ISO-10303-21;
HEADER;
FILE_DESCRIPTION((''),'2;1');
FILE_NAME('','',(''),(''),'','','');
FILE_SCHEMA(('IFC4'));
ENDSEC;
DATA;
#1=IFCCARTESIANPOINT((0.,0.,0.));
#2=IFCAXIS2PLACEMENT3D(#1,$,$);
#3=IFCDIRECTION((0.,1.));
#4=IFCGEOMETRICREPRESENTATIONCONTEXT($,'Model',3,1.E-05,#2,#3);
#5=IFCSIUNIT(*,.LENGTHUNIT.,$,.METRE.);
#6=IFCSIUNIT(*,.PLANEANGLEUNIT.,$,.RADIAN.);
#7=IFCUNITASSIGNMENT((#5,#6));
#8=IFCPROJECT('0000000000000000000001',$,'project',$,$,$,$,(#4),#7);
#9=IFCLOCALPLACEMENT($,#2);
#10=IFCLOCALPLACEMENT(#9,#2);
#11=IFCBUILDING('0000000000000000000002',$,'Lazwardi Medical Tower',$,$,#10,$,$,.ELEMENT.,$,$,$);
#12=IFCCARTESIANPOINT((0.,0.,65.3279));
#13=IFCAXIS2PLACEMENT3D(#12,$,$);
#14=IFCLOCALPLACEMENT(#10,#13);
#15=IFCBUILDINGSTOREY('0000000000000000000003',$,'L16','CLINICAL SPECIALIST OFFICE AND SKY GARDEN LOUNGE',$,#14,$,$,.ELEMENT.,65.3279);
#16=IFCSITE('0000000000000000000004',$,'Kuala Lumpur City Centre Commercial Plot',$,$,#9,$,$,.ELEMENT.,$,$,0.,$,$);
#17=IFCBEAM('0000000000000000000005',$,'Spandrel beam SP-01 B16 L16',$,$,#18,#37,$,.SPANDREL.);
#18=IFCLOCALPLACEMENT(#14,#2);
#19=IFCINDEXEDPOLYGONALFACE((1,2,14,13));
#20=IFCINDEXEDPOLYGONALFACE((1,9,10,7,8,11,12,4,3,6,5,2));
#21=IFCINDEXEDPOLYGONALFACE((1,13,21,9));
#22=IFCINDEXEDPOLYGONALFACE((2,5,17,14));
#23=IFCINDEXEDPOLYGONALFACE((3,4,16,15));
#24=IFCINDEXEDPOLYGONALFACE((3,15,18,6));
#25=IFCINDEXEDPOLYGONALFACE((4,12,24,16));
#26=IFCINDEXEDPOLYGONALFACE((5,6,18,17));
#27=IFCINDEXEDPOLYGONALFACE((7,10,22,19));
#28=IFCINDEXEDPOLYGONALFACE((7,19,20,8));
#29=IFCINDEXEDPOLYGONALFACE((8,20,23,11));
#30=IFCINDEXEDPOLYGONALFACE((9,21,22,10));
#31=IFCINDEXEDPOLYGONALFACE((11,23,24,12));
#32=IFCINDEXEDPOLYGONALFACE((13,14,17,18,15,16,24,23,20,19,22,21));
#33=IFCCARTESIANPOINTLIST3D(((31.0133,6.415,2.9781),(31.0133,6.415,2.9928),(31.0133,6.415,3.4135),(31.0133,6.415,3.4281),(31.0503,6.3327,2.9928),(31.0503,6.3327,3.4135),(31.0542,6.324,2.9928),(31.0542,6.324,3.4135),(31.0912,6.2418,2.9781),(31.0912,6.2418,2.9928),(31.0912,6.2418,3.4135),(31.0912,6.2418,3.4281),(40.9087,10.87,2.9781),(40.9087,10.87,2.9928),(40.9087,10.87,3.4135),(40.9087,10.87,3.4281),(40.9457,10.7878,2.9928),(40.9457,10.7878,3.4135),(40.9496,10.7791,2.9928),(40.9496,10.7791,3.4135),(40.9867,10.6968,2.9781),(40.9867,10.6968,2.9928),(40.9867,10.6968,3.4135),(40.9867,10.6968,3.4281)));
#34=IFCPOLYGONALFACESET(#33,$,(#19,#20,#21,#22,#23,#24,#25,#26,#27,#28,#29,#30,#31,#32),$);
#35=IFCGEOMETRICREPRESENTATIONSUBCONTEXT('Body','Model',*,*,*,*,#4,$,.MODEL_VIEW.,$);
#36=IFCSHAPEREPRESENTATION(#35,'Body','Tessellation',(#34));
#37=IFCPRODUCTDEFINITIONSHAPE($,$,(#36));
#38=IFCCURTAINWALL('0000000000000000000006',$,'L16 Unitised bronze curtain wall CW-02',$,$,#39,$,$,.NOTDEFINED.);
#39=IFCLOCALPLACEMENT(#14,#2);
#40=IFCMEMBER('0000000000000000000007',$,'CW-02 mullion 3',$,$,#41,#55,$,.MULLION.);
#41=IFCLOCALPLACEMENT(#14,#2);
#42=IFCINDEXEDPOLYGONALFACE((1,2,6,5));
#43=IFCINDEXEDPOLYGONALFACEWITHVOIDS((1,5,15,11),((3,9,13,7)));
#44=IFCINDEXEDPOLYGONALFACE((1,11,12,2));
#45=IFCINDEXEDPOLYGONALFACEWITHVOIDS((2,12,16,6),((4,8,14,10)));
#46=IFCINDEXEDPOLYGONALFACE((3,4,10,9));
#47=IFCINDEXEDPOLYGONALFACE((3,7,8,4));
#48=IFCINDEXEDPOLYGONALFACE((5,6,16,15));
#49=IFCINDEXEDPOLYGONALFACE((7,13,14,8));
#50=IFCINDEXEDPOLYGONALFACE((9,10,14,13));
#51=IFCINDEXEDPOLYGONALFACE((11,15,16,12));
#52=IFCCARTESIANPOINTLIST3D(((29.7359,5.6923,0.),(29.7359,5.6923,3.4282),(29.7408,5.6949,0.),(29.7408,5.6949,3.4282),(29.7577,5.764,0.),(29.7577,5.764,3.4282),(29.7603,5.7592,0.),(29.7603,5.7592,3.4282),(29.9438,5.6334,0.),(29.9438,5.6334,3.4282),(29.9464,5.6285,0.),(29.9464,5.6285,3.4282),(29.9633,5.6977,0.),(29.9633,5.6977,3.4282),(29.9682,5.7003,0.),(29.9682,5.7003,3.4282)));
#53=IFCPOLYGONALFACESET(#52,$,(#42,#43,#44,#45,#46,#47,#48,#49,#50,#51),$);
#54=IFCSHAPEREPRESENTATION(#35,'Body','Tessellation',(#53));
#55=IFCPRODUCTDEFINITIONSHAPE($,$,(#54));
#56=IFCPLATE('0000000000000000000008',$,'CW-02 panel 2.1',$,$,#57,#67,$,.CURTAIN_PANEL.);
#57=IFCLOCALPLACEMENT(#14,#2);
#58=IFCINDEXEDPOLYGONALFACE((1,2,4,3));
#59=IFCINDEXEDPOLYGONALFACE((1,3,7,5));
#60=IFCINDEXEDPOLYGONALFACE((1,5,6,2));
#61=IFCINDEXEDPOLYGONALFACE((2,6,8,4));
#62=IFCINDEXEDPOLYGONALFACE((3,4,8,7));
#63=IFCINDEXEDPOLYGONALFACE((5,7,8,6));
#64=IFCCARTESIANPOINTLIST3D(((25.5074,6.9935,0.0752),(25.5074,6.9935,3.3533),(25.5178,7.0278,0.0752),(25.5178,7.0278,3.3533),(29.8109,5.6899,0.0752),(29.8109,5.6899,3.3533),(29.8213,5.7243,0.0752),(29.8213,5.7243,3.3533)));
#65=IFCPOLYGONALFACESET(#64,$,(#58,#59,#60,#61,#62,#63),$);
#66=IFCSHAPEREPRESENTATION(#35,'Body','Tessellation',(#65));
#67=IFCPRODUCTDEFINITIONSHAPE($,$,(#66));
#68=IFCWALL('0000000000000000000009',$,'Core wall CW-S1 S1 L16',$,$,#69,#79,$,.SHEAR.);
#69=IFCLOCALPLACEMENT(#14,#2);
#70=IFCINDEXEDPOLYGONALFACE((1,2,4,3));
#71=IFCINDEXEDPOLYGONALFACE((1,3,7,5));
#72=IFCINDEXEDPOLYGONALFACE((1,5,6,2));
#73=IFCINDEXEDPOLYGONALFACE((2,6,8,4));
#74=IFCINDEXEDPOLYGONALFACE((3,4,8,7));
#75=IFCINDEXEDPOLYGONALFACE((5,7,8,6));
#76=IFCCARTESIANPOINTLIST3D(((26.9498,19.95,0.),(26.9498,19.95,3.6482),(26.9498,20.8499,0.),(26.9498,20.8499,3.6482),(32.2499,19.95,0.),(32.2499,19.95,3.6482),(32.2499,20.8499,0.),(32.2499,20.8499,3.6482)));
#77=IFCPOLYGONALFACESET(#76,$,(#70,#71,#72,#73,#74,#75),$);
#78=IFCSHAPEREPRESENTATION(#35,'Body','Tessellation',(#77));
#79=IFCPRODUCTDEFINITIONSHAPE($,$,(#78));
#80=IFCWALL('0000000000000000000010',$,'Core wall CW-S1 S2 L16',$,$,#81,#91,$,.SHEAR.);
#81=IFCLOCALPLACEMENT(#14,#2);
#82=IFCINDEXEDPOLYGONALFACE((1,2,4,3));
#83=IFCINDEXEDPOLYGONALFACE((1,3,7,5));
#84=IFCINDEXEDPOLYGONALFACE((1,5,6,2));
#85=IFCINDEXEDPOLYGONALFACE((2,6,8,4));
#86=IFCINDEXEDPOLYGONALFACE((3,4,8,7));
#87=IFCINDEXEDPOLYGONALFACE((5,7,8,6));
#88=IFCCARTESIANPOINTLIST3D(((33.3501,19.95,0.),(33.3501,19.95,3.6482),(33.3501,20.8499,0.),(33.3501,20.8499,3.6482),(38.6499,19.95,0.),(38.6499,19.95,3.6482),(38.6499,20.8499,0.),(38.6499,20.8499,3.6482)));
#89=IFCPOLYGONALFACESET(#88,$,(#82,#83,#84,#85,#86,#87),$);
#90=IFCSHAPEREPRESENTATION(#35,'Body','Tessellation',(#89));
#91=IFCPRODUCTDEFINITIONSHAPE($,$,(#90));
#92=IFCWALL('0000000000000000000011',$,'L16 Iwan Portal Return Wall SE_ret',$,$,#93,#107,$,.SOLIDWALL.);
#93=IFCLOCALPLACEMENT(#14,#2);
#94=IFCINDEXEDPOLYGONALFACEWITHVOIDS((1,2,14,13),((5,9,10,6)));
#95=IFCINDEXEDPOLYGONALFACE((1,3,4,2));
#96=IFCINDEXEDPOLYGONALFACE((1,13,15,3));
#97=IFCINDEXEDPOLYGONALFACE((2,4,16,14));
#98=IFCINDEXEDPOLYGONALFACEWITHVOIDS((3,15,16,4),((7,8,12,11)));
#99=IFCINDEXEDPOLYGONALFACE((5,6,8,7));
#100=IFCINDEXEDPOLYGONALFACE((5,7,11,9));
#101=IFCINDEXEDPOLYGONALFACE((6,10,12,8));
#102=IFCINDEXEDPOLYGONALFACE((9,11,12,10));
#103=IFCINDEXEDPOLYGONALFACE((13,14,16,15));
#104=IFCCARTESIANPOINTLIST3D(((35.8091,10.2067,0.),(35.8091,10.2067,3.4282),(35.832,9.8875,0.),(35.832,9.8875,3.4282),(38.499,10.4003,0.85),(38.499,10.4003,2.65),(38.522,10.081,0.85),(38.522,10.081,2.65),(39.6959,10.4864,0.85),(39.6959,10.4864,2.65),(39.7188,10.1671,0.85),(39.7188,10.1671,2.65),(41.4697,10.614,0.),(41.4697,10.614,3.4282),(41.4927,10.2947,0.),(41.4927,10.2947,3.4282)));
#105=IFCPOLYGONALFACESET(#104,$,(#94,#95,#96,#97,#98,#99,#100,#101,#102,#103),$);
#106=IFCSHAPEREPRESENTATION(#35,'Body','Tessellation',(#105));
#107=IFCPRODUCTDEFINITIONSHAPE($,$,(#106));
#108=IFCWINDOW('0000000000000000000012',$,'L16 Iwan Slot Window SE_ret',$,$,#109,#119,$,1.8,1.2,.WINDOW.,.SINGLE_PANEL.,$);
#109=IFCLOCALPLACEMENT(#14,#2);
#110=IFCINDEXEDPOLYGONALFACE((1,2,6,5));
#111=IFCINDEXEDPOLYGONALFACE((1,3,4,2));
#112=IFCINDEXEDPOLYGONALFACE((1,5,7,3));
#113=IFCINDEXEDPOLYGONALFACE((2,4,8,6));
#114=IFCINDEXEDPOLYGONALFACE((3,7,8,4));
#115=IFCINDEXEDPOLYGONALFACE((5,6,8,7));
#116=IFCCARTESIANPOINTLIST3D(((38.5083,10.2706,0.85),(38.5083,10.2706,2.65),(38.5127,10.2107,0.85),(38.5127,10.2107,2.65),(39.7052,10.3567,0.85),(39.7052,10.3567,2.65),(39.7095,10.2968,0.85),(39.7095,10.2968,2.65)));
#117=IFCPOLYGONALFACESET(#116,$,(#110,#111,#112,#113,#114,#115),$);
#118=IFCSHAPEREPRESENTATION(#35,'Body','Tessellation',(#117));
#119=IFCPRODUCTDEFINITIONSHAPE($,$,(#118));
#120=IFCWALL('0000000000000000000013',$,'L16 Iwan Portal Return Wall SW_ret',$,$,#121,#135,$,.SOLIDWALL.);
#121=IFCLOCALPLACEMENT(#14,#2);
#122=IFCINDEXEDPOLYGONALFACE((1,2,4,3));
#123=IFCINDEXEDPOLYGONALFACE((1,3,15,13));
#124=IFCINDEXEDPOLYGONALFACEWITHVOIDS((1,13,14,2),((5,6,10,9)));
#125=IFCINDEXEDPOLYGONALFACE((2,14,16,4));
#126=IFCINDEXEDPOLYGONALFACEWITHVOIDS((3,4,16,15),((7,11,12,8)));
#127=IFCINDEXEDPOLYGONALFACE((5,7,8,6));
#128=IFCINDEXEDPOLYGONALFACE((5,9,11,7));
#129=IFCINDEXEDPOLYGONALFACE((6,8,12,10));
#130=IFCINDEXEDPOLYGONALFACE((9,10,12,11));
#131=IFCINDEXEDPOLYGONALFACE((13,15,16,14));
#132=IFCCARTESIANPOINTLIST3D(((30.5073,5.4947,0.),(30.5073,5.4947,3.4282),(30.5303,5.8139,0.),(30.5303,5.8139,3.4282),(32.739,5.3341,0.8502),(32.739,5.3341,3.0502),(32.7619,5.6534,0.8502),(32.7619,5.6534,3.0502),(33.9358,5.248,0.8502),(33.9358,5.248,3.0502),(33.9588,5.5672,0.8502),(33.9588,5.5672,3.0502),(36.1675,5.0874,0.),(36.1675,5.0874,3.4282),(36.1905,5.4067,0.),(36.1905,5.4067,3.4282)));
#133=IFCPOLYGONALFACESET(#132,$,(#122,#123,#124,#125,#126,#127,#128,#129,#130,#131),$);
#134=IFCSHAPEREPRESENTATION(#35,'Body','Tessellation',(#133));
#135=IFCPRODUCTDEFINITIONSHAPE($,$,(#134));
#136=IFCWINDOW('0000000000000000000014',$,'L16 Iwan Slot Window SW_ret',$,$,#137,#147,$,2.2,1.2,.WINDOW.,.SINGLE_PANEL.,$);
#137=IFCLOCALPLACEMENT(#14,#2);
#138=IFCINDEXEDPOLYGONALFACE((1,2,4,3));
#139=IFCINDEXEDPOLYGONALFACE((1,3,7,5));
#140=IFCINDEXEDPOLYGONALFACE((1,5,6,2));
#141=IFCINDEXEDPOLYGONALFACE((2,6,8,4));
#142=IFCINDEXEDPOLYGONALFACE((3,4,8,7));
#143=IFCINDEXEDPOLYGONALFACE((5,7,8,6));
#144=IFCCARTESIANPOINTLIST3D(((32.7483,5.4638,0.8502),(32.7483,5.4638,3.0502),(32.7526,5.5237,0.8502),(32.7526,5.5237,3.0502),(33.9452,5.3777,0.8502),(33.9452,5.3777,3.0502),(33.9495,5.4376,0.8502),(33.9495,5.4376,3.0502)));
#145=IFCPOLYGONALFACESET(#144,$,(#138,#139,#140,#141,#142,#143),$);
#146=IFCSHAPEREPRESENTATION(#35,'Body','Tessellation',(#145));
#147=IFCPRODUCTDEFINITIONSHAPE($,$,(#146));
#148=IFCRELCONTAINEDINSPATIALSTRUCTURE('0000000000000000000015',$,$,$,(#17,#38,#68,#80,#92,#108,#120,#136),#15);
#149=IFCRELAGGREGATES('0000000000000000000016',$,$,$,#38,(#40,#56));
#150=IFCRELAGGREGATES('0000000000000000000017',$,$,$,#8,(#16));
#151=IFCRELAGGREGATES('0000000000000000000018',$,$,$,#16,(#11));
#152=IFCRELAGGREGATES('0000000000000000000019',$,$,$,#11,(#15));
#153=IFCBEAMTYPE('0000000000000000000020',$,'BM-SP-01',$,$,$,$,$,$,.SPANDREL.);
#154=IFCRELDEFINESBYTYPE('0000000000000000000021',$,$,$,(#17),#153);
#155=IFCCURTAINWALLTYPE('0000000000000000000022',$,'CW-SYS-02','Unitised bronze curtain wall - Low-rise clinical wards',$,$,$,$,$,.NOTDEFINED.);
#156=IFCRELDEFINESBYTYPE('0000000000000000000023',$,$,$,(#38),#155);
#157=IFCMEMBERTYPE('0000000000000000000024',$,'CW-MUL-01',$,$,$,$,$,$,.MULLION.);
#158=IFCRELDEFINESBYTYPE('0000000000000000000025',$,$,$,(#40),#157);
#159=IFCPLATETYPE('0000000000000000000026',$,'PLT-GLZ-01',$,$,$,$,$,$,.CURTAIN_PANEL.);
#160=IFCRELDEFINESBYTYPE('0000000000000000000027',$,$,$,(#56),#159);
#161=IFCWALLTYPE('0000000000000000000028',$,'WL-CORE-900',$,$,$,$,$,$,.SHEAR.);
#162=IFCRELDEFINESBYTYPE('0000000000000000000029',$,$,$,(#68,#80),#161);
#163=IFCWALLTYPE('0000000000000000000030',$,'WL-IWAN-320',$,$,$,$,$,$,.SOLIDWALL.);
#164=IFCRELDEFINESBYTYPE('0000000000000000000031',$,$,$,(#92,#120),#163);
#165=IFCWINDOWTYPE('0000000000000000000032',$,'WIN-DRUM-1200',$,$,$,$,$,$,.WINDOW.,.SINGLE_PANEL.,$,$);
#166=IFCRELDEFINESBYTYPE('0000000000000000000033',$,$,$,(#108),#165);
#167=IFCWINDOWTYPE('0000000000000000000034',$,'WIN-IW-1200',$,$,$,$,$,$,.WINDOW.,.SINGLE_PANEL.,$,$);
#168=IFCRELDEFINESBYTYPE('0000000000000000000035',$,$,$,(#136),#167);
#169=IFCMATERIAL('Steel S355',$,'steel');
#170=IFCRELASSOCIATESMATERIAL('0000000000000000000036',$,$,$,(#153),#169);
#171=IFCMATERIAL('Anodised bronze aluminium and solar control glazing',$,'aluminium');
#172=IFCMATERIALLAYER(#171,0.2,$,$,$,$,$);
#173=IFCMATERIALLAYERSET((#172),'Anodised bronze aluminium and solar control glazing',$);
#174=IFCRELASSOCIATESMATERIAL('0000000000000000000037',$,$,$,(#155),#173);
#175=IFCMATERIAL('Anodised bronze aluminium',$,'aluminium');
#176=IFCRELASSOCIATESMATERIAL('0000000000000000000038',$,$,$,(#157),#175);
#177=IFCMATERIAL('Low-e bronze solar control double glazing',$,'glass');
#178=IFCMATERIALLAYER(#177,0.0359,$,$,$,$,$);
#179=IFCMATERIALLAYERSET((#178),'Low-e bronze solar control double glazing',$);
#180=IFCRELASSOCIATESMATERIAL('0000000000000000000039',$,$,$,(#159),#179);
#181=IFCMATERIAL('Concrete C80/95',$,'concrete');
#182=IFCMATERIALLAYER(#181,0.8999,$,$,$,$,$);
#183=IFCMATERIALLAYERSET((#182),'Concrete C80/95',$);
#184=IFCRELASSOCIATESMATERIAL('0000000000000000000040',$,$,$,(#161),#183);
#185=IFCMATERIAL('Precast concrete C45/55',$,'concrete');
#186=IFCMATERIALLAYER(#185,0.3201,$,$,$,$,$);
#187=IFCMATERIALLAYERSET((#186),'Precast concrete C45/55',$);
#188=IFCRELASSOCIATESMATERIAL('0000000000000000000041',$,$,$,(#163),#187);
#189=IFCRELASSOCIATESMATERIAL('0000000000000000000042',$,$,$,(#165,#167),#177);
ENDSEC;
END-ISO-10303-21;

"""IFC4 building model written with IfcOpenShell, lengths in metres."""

from ifc_helpers import new_model, si_unit, direction, frame, frame_2d, origin, origin_2d, place, context, subcontext, project, spatial, rectangle, hollow_rectangle, i_section, extrude, material, layer, layer_set, material_profile, profile_set, type_object, element, fill, aggregate, save


model = new_model("IFC4")

# Units and contexts
model_context = context("Model", 3, precision=1e-05, world=origin(), true_north=direction((0.0, 1.0)))
body_context = subcontext(model_context, "Body", "Model", "MODEL_VIEW")
ifc_project = project(units=[si_unit("LENGTHUNIT", "METRE"), si_unit("PLANEANGLEUNIT", "RADIAN")], contexts=[model_context])

# Site, building, storey
site_placement = place(None, origin())
site = spatial("IfcSite", under=ifc_project, at=site_placement, Name="Kuala Lumpur City Centre Commercial Plot", CompositionType="ELEMENT", RefElevation=0.0)
building_placement = place(site_placement, origin())
building = spatial("IfcBuilding", under=site, at=building_placement, Name="Lazwardi Medical Tower", CompositionType="ELEMENT")
storey_placement = place(building_placement, frame((0.0, 0.0, 65.3279)))
storey = spatial("IfcBuildingStorey", under=building, at=storey_placement, Name="L16", Description="CLINICAL SPECIALIST OFFICE AND SKY GARDEN LOUNGE", CompositionType="ELEMENT", Elevation=65.3279)

# Shared definitions
ifc_material_1 = material(Name="Concrete C80/95", Category="concrete")

# Beam
ifc_material_2 = material(Name="Steel S355", Category="steel")
ifc_material_profile_1 = material_profile(ifc_material_2, i_section(OverallWidth=0.1899, OverallDepth=0.45, WebThickness=0.0095, FlangeThickness=0.0146, at=origin_2d()), Name="IPE 450")
ifc_profile_set_1 = profile_set([ifc_material_profile_1], Name="Steel S355")
beam_type_1 = type_object("IfcBeamType", Name="BM-SP-01", PredefinedType="SPANDREL", material=ifc_profile_set_1)
beam_1_placement = place(storey_placement, frame((31.0522, 6.3284, 3.2031), z_axis=(0.911849, 0.410526, 0.0), x_axis=(-0.410526, 0.911849, 0.0)))
element("IfcBeam", 1, at=beam_1_placement, inside=storey, type_object=beam_type_1, Name="Spandrel beam SP-01 B16 L16", PredefinedType="SPANDREL", context=body_context, shape_type="SweptSolid", body=[
    extrude(i_section(OverallWidth=0.1899, OverallDepth=0.45, WebThickness=0.0095, FlangeThickness=0.0146, at=origin_2d()), origin(), (0.0, 0.0, 1.0), 10.8521),
])

# Curtain wall, member, plate
ifc_material_3 = material(Name="Anodised bronze aluminium and solar control glazing", Category="aluminium")
ifc_layer_1 = layer(ifc_material_3, 0.2)
ifc_layer_set_1 = layer_set([ifc_layer_1], Name="Anodised bronze aluminium and solar control glazing")
curtain_wall_type = type_object("IfcCurtainWallType", Name="CW-SYS-02", Description="Unitised bronze curtain wall - Low-rise clinical wards", PredefinedType="NOTDEFINED", material=ifc_layer_set_1)
curtain_wall_placement = place(storey_placement, origin())
curtain_wall = element("IfcCurtainWall", 2, at=curtain_wall_placement, inside=storey, type_object=curtain_wall_type, Name="L16 Unitised bronze curtain wall CW-02", PredefinedType="NOTDEFINED")
ifc_material_4 = material(Name="Anodised bronze aluminium", Category="aluminium")
ifc_material_profile_2 = material_profile(ifc_material_4, hollow_rectangle(XDim=0.075, YDim=0.22, WallThickness=0.0039, at=origin_2d()), Name="ALU-MULLION 220x75x4")
ifc_profile_set_2 = profile_set([ifc_material_profile_2], Name="Anodised bronze aluminium")
member_type = type_object("IfcMemberType", Name="CW-MUL-01", PredefinedType="MULLION", material=ifc_profile_set_2)
member_placement = place(storey_placement, frame((29.8521, 5.6963, 0.0), z_axis=(0.0, 0.0, 1.0), x_axis=(0.289896, 0.957058, 0.0)))
member = element("IfcMember", 3, at=member_placement, type_object=member_type, Name="CW-02 mullion 3", PredefinedType="MULLION", context=body_context, shape_type="SweptSolid", body=[
    extrude(hollow_rectangle(XDim=0.075, YDim=0.22, WallThickness=0.0039, at=origin_2d()), origin(), (0.0, 0.0, 1.0), 3.4282),
])
ifc_material_5 = material(Name="Low-e bronze solar control double glazing", Category="glass")
ifc_layer_2 = layer(ifc_material_5, 0.0359)
ifc_layer_set_2 = layer_set([ifc_layer_2], Name="Low-e bronze solar control double glazing")
plate_type = type_object("IfcPlateType", Name="PLT-GLZ-01", PredefinedType="CURTAIN_PANEL", material=ifc_layer_set_2)
plate_placement = place(storey_placement, frame((27.6643, 6.3589, 0.0752), z_axis=(0.0, 0.0, 1.0), x_axis=(0.957058, -0.289896, 0.0)))
plate = element("IfcPlate", 4, at=plate_placement, type_object=plate_type, Name="CW-02 panel 2.1", PredefinedType="CURTAIN_PANEL", context=body_context, shape_type="SweptSolid", body=[
    extrude(rectangle(XDim=4.4966, YDim=0.0359, at=origin_2d()), origin(), (0.0, 0.0, 1.0), 3.2781),
])
aggregate(curtain_wall, [member, plate])

# Walls
ifc_layer_3 = layer(ifc_material_1, 0.8999)
ifc_layer_set_3 = layer_set([ifc_layer_3], Name="Concrete C80/95")
wall_type_1 = type_object("IfcWallType", Name="WL-CORE-900", PredefinedType="SHEAR", material=ifc_layer_set_3)
wall_1_placement = place(storey_placement, frame((26.95, 20.3999, 0.0), z_axis=(0.0, 0.0, 1.0), x_axis=(1.0, 0.0, 0.0)))
element("IfcWall", 5, at=wall_1_placement, inside=storey, type_object=wall_type_1, Name="Core wall CW-S1 S1 L16", PredefinedType="SHEAR", context=body_context, shape_type="SweptSolid", body=[
    extrude(rectangle(XDim=5.3, YDim=0.8999, at=frame_2d((2.6499, 0.0))), origin(), (0.0, 0.0, 1.0), 3.6482),
])
wall_2_placement = place(storey_placement, frame((33.3501, 20.3999, 0.0), z_axis=(0.0, 0.0, 1.0), x_axis=(1.0, 0.0, 0.0)))
element("IfcWall", 6, at=wall_2_placement, inside=storey, type_object=wall_type_1, Name="Core wall CW-S1 S2 L16", PredefinedType="SHEAR", context=body_context, shape_type="SweptSolid", body=[
    extrude(rectangle(XDim=5.2998, YDim=0.8999, at=frame_2d((2.6499, 0.0))), origin(), (0.0, 0.0, 1.0), 3.6482),
])

# Walls, openings, windows
ifc_material_6 = material(Name="Precast concrete C45/55", Category="concrete")
ifc_layer_4 = layer(ifc_material_6, 0.3201)
ifc_layer_set_4 = layer_set([ifc_layer_4], Name="Precast concrete C45/55")
wall_type_2 = type_object("IfcWallType", Name="WL-IWAN-320", PredefinedType="SOLIDWALL", material=ifc_layer_set_4)
wall_3_placement = place(storey_placement, frame((35.8206, 10.0471, 0.0), z_axis=(0.0, 0.0, 1.0), x_axis=(0.997422, 0.071755, 0.0)))
wall_3 = element("IfcWall", 7, at=wall_3_placement, inside=storey, type_object=wall_type_2, Name="L16 Iwan Portal Return Wall SE_ret", PredefinedType="SOLIDWALL", context=body_context, shape_type="SweptSolid", body=[
    extrude(rectangle(XDim=5.6753, YDim=0.3201, at=frame_2d((2.8376, 0.0))), origin(), (0.0, 0.0, 1.0), 3.4282),
])
opening_1_placement = place(wall_3_placement, frame((2.6968, 0.0, 0.8501)))
opening_1 = element("IfcOpeningElement", 8, at=opening_1_placement, cuts=wall_3, PredefinedType="OPENING", context=body_context, shape_type="SweptSolid", body=[
    extrude(rectangle(XDim=1.2, YDim=1.8, at=frame_2d((0.6001, 0.8999))), frame((0.0, 0.1699, 0.0), z_axis=(0.0, -1.0, 0.0), x_axis=(1.0, 0.0, 0.0)), (0.0, 0.0, 1.0), 0.3401),
])
window_type_1 = type_object("IfcWindowType", Name="WIN-DRUM-1200", PartitioningType="SINGLE_PANEL", PredefinedType="WINDOW", material=ifc_material_5)
window_1_placement = place(opening_1_placement, origin())
window_1 = element("IfcWindow", 9, at=window_1_placement, inside=storey, type_object=window_type_1, Name="L16 Iwan Slot Window SE_ret", OverallHeight=1.8, OverallWidth=1.2, PartitioningType="SINGLE_PANEL", PredefinedType="WINDOW", context=body_context, shape_type="SweptSolid", body=[
    extrude(rectangle(XDim=1.2, YDim=1.8, at=frame_2d((0.6001, 0.8999))), frame((0.0, 0.03, 0.0), z_axis=(0.0, -1.0, 0.0), x_axis=(1.0, 0.0, 0.0)), (0.0, 0.0, 1.0), 0.0601),
])
fill(opening_1, window_1)
wall_4_placement = place(storey_placement, frame((30.5188, 5.6543, 0.0), z_axis=(0.0, 0.0, 1.0), x_axis=(0.997422, -0.071761, 0.0)))
wall_4 = element("IfcWall", 10, at=wall_4_placement, inside=storey, type_object=wall_type_2, Name="L16 Iwan Portal Return Wall SW_ret", PredefinedType="SOLIDWALL", context=body_context, shape_type="SweptSolid", body=[
    extrude(rectangle(XDim=5.6748, YDim=0.3201, at=frame_2d((2.8374, 0.0))), origin(), (0.0, 0.0, 1.0), 3.4282),
])
opening_2_placement = place(wall_4_placement, frame((2.2373, 0.0, 0.8501)))
opening_2 = element("IfcOpeningElement", 11, at=opening_2_placement, cuts=wall_4, PredefinedType="OPENING", context=body_context, shape_type="SweptSolid", body=[
    extrude(rectangle(XDim=1.2, YDim=2.2, at=frame_2d((0.6001, 1.1001))), frame((0.0, 0.1699, 0.0), z_axis=(0.0, -1.0, 0.0), x_axis=(1.0, 0.0, 0.0)), (0.0, 0.0, 1.0), 0.3401),
])
window_type_2 = type_object("IfcWindowType", Name="WIN-IW-1200", PartitioningType="SINGLE_PANEL", PredefinedType="WINDOW", material=ifc_material_5)
window_2_placement = place(opening_2_placement, origin())
window_2 = element("IfcWindow", 12, at=window_2_placement, inside=storey, type_object=window_type_2, Name="L16 Iwan Slot Window SW_ret", OverallHeight=2.2, OverallWidth=1.2, PartitioningType="SINGLE_PANEL", PredefinedType="WINDOW", context=body_context, shape_type="SweptSolid", body=[
    extrude(rectangle(XDim=1.2, YDim=2.2, at=frame_2d((0.6001, 1.1001))), frame((0.0, 0.03, 0.0), z_axis=(0.0, -1.0, 0.0), x_axis=(1.0, 0.0, 0.0)), (0.0, 0.0, 1.0), 0.0601),
])
fill(opening_2, window_2)

save(model, "model.ifc")
